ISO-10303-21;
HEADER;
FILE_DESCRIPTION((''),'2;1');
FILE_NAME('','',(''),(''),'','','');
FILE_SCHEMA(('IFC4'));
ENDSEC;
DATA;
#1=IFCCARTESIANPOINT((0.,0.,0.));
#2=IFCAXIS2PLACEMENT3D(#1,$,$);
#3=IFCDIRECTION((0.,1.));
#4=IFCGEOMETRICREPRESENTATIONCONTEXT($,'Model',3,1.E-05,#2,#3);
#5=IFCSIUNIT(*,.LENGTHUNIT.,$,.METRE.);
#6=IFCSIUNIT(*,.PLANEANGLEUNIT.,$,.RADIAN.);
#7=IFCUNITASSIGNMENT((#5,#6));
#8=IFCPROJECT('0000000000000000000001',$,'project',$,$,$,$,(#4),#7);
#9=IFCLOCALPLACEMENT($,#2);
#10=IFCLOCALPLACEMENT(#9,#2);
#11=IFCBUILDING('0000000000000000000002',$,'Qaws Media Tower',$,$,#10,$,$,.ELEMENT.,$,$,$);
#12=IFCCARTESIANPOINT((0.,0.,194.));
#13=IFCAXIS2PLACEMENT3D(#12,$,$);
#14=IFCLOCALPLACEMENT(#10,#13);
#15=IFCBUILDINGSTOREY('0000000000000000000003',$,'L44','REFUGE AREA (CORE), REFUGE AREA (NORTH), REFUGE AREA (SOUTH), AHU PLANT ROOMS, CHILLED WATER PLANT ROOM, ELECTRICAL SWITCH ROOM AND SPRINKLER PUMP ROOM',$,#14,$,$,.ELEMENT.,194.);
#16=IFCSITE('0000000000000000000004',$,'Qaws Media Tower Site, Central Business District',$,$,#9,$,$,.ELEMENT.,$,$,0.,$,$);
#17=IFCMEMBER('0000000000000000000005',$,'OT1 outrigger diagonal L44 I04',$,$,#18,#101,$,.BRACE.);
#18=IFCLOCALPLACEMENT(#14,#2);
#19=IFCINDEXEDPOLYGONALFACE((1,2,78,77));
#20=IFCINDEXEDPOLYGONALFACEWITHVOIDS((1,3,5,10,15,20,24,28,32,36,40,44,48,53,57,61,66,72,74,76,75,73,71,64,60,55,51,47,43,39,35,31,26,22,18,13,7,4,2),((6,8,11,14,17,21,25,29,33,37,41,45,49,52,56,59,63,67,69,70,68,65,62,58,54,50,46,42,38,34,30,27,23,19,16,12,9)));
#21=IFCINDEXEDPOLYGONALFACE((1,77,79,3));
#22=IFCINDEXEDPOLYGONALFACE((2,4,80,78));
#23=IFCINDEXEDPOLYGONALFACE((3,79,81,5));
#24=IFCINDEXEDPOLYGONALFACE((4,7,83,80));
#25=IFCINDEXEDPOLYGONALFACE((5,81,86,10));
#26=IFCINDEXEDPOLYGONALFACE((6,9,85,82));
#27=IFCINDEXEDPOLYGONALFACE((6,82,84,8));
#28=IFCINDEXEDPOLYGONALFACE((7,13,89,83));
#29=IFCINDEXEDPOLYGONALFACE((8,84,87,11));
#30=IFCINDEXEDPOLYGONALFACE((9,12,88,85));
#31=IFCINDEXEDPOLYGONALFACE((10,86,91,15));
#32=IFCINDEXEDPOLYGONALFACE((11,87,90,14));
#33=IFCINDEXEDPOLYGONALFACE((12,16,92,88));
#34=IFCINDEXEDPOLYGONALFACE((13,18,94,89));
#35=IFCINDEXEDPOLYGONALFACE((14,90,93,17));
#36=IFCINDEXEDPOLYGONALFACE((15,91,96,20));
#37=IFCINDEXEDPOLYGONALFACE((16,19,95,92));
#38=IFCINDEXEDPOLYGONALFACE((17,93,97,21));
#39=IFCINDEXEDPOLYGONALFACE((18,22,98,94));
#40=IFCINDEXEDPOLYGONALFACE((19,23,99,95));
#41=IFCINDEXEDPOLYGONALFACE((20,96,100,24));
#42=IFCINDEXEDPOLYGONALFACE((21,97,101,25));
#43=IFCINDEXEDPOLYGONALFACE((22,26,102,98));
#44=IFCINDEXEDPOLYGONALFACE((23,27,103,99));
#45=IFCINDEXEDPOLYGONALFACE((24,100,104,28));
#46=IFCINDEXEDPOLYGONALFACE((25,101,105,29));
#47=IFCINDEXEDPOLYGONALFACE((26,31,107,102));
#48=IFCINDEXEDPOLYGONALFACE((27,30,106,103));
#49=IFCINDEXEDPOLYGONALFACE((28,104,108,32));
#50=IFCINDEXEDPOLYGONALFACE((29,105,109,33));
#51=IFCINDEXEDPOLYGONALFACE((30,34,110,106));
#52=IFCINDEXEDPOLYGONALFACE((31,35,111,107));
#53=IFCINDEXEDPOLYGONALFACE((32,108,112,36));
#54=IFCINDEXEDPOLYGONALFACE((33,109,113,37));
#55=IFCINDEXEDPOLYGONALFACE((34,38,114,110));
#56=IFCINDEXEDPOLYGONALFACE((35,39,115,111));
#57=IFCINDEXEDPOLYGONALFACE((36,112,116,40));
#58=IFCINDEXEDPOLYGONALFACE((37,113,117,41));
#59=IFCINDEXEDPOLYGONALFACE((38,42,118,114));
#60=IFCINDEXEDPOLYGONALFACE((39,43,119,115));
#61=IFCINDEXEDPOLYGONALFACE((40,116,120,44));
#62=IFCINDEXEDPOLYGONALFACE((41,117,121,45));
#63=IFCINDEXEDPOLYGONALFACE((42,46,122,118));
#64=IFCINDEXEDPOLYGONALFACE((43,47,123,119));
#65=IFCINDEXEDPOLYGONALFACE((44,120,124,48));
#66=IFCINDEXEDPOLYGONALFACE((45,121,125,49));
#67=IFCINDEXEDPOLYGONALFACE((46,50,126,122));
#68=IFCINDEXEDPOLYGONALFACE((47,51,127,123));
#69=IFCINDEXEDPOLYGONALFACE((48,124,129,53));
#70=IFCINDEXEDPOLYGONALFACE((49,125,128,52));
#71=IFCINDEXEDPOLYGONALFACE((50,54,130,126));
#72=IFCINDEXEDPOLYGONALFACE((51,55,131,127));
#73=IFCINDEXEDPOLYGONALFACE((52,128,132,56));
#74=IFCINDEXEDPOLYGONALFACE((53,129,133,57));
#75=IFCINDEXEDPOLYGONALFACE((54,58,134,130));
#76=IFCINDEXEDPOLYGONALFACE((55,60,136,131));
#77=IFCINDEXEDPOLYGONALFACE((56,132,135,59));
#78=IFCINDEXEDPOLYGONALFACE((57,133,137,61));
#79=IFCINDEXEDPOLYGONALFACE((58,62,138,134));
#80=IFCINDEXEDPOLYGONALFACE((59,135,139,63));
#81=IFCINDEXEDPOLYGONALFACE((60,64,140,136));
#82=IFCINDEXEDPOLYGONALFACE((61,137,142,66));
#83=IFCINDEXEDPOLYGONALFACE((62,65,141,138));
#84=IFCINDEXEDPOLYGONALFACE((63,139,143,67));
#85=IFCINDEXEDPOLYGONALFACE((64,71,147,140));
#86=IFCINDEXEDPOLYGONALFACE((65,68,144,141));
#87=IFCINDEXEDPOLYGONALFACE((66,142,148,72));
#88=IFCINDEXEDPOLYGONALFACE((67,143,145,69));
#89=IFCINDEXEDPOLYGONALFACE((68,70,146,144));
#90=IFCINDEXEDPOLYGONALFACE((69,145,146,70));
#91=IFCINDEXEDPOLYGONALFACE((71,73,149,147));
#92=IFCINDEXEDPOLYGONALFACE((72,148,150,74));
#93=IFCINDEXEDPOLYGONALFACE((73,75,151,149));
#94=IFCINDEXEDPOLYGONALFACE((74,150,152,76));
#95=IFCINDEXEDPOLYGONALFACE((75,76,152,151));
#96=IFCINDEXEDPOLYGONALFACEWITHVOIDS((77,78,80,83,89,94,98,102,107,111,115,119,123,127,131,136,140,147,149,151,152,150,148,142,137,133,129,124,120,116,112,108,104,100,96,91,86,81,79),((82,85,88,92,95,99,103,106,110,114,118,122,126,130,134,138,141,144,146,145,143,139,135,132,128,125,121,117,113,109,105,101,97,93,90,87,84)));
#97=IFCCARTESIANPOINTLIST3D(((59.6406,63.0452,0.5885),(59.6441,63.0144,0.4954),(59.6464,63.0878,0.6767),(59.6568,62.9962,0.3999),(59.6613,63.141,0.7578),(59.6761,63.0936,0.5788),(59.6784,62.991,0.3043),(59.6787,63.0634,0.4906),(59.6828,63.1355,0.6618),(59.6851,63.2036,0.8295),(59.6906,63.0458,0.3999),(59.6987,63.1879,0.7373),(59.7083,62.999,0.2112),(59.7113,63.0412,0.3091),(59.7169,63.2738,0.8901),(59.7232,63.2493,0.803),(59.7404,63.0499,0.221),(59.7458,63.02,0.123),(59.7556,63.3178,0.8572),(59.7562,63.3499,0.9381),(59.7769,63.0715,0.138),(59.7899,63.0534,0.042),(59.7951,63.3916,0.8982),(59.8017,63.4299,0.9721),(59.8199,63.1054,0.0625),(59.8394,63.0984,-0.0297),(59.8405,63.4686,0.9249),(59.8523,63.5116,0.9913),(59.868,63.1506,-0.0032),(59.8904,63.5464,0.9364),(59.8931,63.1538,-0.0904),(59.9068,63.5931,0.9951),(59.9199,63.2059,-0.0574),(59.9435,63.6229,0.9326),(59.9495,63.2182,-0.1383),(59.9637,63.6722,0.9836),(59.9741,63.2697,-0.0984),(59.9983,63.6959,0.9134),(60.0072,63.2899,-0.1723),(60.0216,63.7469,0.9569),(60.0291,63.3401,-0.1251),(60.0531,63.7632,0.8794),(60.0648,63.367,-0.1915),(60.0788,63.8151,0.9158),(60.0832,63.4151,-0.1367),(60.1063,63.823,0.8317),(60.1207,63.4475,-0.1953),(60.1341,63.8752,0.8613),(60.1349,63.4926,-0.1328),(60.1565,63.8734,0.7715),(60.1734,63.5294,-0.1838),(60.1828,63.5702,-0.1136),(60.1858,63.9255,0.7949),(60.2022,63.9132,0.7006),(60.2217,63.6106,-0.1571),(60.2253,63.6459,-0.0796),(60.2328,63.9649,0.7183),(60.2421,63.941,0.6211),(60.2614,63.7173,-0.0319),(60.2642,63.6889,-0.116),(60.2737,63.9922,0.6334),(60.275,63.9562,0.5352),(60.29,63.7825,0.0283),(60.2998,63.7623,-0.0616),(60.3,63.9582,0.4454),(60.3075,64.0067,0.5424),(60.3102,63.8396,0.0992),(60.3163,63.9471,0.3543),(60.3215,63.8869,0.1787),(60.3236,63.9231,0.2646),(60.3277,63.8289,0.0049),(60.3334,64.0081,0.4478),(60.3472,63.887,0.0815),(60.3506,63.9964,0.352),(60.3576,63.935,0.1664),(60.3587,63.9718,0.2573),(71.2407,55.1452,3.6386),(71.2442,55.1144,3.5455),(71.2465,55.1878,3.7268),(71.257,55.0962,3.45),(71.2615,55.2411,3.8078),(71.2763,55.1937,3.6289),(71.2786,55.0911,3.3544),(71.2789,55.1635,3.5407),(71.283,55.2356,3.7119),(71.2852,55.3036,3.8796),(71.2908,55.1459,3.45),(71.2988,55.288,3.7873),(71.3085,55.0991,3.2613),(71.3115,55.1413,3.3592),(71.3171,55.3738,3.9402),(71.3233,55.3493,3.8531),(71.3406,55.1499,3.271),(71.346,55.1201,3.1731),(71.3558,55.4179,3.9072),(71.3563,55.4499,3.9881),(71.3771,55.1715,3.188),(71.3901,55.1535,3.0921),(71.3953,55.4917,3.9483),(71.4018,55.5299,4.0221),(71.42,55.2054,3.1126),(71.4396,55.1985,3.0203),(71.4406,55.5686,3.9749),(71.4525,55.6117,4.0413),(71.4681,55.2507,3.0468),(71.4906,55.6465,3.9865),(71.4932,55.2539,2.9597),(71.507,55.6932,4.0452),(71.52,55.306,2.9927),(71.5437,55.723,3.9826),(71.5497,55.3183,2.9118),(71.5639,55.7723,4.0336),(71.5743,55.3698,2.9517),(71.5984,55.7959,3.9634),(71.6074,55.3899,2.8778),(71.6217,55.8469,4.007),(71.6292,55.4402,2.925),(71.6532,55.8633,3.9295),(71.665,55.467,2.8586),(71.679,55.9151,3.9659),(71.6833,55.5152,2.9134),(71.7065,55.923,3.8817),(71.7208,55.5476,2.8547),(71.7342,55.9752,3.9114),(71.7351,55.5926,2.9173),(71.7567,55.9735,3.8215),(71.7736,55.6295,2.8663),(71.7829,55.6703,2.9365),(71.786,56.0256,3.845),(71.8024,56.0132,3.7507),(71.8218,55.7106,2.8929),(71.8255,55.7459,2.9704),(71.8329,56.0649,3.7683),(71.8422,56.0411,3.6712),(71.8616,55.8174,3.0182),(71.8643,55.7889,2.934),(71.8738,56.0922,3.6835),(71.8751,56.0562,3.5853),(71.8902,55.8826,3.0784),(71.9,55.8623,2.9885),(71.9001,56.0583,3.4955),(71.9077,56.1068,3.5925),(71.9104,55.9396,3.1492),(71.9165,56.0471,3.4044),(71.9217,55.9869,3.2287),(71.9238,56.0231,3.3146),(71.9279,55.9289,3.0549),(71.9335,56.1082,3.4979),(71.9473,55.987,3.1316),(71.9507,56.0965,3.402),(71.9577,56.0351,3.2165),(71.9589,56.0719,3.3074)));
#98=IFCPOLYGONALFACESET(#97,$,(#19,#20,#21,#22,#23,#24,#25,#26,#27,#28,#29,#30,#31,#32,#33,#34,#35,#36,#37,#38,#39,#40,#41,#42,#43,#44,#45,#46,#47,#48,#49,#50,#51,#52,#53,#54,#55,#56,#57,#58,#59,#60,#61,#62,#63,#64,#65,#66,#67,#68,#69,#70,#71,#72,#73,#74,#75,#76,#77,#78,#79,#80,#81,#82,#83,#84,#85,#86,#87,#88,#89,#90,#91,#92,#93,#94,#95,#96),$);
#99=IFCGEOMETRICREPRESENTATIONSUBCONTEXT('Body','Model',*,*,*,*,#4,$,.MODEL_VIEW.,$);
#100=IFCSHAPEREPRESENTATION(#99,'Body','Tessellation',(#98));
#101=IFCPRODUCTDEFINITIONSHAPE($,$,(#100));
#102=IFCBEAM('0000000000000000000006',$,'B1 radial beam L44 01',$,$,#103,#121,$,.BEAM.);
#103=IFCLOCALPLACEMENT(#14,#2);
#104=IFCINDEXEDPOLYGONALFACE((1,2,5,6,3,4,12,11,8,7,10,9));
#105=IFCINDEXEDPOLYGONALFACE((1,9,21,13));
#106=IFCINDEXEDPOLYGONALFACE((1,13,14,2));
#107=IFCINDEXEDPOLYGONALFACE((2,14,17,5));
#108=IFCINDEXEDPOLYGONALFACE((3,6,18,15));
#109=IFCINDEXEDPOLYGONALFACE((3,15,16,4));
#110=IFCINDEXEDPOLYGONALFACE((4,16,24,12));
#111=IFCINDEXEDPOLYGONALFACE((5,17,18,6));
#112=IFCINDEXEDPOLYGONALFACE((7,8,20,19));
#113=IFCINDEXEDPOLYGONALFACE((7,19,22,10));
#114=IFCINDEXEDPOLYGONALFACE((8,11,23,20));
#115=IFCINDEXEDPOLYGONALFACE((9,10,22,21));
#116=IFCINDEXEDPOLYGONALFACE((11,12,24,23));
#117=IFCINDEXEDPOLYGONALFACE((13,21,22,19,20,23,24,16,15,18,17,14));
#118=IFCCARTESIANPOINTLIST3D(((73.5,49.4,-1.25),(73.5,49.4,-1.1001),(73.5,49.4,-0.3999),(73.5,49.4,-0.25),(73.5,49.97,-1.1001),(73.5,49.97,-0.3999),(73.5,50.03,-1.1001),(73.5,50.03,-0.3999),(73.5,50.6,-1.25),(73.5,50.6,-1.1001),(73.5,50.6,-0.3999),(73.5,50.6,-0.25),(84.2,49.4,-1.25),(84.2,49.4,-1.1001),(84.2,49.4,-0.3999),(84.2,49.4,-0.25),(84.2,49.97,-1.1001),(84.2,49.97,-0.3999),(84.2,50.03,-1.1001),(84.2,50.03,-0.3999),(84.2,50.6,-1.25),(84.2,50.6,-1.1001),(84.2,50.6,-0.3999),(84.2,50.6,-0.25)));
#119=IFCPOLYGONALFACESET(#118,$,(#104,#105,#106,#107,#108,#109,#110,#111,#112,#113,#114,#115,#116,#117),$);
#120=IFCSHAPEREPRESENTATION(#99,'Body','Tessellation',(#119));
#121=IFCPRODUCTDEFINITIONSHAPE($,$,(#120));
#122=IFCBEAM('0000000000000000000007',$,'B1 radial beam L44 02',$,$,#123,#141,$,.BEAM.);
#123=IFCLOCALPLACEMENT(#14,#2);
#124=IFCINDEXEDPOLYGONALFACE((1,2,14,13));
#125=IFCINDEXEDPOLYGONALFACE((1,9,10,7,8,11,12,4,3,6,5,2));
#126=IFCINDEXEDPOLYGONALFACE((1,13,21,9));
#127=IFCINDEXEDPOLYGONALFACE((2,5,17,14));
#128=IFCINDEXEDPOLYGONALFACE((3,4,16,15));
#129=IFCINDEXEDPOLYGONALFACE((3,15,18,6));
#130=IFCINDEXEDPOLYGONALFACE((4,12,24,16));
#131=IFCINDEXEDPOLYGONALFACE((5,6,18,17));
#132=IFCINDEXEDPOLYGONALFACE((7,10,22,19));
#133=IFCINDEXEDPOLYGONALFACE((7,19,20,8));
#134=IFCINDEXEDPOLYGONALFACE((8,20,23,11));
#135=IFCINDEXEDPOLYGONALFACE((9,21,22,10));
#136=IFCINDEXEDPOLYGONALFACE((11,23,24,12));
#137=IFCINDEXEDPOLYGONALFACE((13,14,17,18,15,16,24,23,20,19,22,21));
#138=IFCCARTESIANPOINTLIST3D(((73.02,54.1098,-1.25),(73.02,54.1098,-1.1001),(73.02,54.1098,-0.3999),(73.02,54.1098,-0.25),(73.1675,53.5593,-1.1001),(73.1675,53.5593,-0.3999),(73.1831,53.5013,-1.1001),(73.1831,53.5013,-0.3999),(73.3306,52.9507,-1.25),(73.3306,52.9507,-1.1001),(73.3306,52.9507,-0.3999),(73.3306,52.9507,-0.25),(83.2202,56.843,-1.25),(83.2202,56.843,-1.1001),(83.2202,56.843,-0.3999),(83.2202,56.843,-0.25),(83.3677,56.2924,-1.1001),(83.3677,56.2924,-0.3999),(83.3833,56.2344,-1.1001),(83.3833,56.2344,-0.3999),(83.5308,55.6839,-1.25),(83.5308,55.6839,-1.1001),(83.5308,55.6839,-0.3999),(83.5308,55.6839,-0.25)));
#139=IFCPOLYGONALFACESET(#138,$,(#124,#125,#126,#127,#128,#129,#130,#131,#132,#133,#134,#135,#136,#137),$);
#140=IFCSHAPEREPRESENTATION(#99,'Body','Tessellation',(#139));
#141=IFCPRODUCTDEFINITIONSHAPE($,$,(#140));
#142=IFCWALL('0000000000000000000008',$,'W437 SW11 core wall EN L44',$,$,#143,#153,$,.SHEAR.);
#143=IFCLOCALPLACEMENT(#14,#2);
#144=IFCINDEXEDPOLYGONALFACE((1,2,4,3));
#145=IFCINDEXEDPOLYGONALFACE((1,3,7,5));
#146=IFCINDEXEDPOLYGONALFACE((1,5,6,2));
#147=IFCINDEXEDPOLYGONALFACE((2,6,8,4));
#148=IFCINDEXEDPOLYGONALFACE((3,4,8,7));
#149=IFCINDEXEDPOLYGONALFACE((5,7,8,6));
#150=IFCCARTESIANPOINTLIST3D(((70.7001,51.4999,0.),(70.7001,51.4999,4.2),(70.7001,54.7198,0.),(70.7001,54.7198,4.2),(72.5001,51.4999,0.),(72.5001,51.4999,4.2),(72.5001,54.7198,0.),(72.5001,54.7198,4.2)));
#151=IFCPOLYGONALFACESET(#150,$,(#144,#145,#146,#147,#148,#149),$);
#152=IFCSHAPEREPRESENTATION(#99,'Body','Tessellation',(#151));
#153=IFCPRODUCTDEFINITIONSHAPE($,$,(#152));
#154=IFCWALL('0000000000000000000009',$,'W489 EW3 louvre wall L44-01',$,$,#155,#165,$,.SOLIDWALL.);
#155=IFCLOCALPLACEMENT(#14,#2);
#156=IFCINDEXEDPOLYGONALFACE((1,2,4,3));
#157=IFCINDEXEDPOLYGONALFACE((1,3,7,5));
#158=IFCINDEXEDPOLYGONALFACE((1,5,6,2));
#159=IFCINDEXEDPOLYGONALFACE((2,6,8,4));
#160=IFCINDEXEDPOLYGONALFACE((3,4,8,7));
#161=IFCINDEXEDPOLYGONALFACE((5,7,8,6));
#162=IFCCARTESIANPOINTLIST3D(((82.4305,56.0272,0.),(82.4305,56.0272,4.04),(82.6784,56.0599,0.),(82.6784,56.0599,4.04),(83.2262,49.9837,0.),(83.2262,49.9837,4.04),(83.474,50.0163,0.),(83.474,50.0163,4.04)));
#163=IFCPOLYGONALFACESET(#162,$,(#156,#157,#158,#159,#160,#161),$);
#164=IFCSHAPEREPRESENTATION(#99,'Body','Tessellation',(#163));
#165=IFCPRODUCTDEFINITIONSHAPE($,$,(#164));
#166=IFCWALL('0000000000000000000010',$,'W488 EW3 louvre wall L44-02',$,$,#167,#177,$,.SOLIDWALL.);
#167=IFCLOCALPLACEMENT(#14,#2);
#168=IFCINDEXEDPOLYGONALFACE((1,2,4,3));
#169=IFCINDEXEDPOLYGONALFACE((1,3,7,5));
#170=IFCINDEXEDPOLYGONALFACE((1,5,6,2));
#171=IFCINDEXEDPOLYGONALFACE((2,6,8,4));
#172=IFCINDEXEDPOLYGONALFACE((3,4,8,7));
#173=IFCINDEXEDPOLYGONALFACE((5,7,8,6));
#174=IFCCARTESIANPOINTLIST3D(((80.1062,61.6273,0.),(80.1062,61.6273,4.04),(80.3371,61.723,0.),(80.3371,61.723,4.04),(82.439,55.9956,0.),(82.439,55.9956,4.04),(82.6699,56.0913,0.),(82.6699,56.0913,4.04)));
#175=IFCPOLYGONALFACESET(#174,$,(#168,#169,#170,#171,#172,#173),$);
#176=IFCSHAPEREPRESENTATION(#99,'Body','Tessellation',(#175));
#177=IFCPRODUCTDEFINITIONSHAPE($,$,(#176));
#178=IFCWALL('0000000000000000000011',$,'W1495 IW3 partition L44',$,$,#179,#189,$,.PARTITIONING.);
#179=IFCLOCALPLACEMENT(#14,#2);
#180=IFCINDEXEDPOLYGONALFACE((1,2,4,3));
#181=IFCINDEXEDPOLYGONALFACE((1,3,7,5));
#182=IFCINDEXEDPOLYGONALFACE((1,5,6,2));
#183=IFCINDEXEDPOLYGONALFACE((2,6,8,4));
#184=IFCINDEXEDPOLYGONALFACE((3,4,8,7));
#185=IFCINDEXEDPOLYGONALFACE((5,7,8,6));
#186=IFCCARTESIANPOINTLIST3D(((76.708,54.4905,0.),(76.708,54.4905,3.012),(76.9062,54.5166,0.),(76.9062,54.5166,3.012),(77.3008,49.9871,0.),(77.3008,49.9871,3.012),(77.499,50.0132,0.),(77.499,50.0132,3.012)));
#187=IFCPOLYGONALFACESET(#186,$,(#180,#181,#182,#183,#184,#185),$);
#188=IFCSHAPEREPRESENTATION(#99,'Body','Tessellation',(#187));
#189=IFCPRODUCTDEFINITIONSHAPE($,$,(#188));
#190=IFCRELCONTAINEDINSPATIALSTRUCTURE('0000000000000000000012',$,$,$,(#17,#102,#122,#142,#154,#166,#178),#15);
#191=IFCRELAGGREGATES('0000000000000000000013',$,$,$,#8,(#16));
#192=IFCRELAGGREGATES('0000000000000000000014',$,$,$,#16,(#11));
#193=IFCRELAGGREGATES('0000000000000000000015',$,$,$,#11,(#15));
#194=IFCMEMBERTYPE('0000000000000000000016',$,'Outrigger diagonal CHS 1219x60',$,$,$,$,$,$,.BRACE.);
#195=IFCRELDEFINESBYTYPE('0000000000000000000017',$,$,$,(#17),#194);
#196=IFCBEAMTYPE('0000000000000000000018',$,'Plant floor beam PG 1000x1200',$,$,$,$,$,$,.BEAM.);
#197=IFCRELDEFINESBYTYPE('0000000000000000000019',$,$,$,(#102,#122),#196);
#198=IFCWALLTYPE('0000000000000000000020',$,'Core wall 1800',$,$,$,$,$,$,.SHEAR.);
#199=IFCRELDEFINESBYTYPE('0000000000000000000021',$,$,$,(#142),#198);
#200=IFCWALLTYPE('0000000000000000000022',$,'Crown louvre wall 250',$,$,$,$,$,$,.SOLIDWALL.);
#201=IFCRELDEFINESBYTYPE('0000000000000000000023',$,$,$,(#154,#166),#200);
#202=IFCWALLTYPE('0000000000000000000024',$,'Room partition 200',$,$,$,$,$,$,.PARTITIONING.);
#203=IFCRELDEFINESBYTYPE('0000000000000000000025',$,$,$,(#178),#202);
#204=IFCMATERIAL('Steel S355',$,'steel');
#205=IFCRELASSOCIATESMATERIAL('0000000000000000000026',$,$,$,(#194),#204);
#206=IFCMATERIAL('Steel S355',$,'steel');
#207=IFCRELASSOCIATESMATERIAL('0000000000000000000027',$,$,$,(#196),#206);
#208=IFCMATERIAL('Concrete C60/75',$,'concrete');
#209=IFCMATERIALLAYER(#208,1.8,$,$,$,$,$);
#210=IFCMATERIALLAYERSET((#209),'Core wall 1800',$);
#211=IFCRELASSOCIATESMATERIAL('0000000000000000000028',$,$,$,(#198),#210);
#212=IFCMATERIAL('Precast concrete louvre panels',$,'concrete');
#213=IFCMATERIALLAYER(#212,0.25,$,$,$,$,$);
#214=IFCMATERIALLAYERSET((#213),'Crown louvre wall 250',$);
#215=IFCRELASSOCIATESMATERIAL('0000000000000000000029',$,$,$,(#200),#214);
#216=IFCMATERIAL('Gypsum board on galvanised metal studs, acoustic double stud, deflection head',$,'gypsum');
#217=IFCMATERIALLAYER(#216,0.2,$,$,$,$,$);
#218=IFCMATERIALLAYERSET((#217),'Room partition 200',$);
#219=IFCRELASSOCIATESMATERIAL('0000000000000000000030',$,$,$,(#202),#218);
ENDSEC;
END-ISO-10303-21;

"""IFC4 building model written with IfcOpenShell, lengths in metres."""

from ifc_helpers import new_model, si_unit, direction, frame, frame_2d, origin, origin_2d, place, context, subcontext, project, spatial, rectangle, hollow_circle, i_section, extrude, material, layer, layer_set, material_profile, profile_set, type_object, element, save


model = new_model("IFC4")

# Units and contexts
model_context = context("Model", 3, precision=1e-05, world=origin(), true_north=direction((0.0, 1.0)))
body_context = subcontext(model_context, "Body", "Model", "MODEL_VIEW")
ifc_project = project(units=[si_unit("LENGTHUNIT", "METRE"), si_unit("PLANEANGLEUNIT", "RADIAN")], contexts=[model_context])

# Site, building, storey
site_placement = place(None, origin())
site = spatial("IfcSite", under=ifc_project, at=site_placement, Name="Qaws Media Tower Site, Central Business District", CompositionType="ELEMENT", RefElevation=0.0)
building_placement = place(site_placement, origin())
building = spatial("IfcBuilding", under=site, at=building_placement, Name="Qaws Media Tower", CompositionType="ELEMENT")
storey_placement = place(building_placement, frame((0.0, 0.0, 194.0)))
storey = spatial("IfcBuildingStorey", under=building, at=storey_placement, Name="L44", Description="REFUGE AREA (CORE), REFUGE AREA (NORTH), REFUGE AREA (SOUTH), AHU PLANT ROOMS, CHILLED WATER PLANT ROOM, ELECTRICAL SWITCH ROOM AND SPRINKLER PUMP ROOM", CompositionType="ELEMENT", Elevation=194.0)

# Member
ifc_material_1 = material(Name="Steel S355", Category="steel")
ifc_material_profile_1 = material_profile(ifc_material_1, hollow_circle(Radius=0.6096, WallThickness=0.0601, at=origin_2d()), Name="CHS 1219x60")
ifc_profile_set_1 = profile_set([ifc_material_profile_1], Name="Steel S355")
member_type_1 = type_object("IfcMemberType", Name="Outrigger diagonal CHS 1219x60", PredefinedType="BRACE", material=ifc_profile_set_1)
member_1_placement = place(storey_placement, frame((71.6001, 55.6001, 3.45), z_axis=(-0.807681, 0.550047, -0.212366), x_axis=(-0.562887, -0.826534, 0.0)))
element("IfcMember", 1, at=member_1_placement, inside=storey, type_object=member_type_1, Name="OT1 outrigger diagonal L44 I04", PredefinedType="BRACE", context=body_context, shape_type="SweptSolid", body=[
    extrude(hollow_circle(Radius=0.6096, WallThickness=0.0601, at=origin_2d()), origin(), (0.0, 0.0, 1.0), 14.3623),
])

# Beams
ifc_material_2 = material(Name="Steel S355", Category="steel")
ifc_material_profile_2 = material_profile(ifc_material_2, i_section(OverallWidth=1.2, OverallDepth=1.0, WebThickness=0.0601, FlangeThickness=0.1499, at=origin_2d()), Name="PG 1000x1200")
ifc_profile_set_2 = profile_set([ifc_material_profile_2], Name="Steel S355")
beam_type_1 = type_object("IfcBeamType", Name="Plant floor beam PG 1000x1200", PredefinedType="BEAM", material=ifc_profile_set_2)
beam_1_placement = place(storey_placement, frame((73.5, 50.0, -0.75), z_axis=(1.0, 0.0, 0.0), x_axis=(0.0, 1.0, 0.0)))
element("IfcBeam", 2, at=beam_1_placement, inside=storey, type_object=beam_type_1, Name="B1 radial beam L44 01", PredefinedType="BEAM", context=body_context, shape_type="SweptSolid", body=[
    extrude(i_section(OverallWidth=1.2, OverallDepth=1.0, WebThickness=0.0601, FlangeThickness=0.1499, at=origin_2d()), origin(), (0.0, 0.0, 1.0), 10.7),
])
beam_2_placement = place(storey_placement, frame((73.1753, 53.5303, -0.75), z_axis=(0.965925, 0.258821, 0.0), x_axis=(-0.258821, 0.965925, 0.0)))
element("IfcBeam", 3, at=beam_2_placement, inside=storey, type_object=beam_type_1, Name="B1 radial beam L44 02", PredefinedType="BEAM", context=body_context, shape_type="SweptSolid", body=[
    extrude(i_section(OverallWidth=1.2, OverallDepth=1.0, WebThickness=0.0601, FlangeThickness=0.1499, at=origin_2d()), origin(), (0.0, 0.0, 1.0), 10.5601),
])

# Walls
ifc_material_3 = material(Name="Concrete C60/75", Category="concrete")
ifc_layer_1 = layer(ifc_material_3, 1.8)
ifc_layer_set_1 = layer_set([ifc_layer_1], Name="Core wall 1800")
wall_type_1 = type_object("IfcWallType", Name="Core wall 1800", PredefinedType="SHEAR", material=ifc_layer_set_1)
wall_1_placement = place(storey_placement, frame((71.6001, 51.5, 0.0), z_axis=(0.0, 0.0, 1.0), x_axis=(0.0, 1.0, 0.0)))
element("IfcWall", 4, at=wall_1_placement, inside=storey, type_object=wall_type_1, Name="W437 SW11 core wall EN L44", PredefinedType="SHEAR", context=body_context, shape_type="SweptSolid", body=[
    extrude(rectangle(XDim=3.22, YDim=1.8, at=frame_2d((1.6099, 0.0))), origin(), (0.0, 0.0, 1.0), 4.2),
])
ifc_material_4 = material(Name="Precast concrete louvre panels", Category="concrete")
ifc_layer_2 = layer(ifc_material_4, 0.25)
ifc_layer_set_2 = layer_set([ifc_layer_2], Name="Crown louvre wall 250")
wall_type_2 = type_object("IfcWallType", Name="Crown louvre wall 250", PredefinedType="SOLIDWALL", material=ifc_layer_set_2)
for number, where, z_axis, x_axis, name in (
    (5, (83.3501, 50.0, 0.0), (0.0, 0.0, 1.0), (-0.130529, 0.991444, 0.0), "W489 EW3 louvre wall L44-01"),
    (6, (82.5544, 56.0435, 0.0), (0.0, 0.0, 1.0), (-0.382695, 0.923875, 0.0), "W488 EW3 louvre wall L44-02"),
):
    element("IfcWall", number, at=place(storey_placement, frame(where, z_axis=z_axis, x_axis=x_axis)), inside=storey, type_object=wall_type_2, Name=name, PredefinedType="SOLIDWALL", context=body_context, shape_type="SweptSolid", body=[
        extrude(rectangle(XDim=6.0957, YDim=0.25, at=frame_2d((3.0479, 0.0))), origin(), (0.0, 0.0, 1.0), 4.04),
    ])
ifc_material_5 = material(Name="Gypsum board on galvanised metal studs, acoustic double stud, deflection head", Category="gypsum")
ifc_layer_3 = layer(ifc_material_5, 0.2)
ifc_layer_set_3 = layer_set([ifc_layer_3], Name="Room partition 200")
wall_type_3 = type_object("IfcWallType", Name="Room partition 200", PredefinedType="PARTITIONING", material=ifc_layer_set_3)
wall_2_placement = place(storey_placement, frame((76.8071, 54.5034, 0.0), z_axis=(0.0, 0.0, 1.0), x_axis=(0.130502, -0.991448, 0.0)))
element("IfcWall", 7, at=wall_2_placement, inside=storey, type_object=wall_type_3, Name="W1495 IW3 partition L44", PredefinedType="PARTITIONING", context=body_context, shape_type="SweptSolid", body=[
    extrude(rectangle(XDim=4.5422, YDim=0.2, at=frame_2d((2.271, 0.0))), origin(), (0.0, 0.0, 1.0), 3.012),
])

save(model, "model.ifc")
